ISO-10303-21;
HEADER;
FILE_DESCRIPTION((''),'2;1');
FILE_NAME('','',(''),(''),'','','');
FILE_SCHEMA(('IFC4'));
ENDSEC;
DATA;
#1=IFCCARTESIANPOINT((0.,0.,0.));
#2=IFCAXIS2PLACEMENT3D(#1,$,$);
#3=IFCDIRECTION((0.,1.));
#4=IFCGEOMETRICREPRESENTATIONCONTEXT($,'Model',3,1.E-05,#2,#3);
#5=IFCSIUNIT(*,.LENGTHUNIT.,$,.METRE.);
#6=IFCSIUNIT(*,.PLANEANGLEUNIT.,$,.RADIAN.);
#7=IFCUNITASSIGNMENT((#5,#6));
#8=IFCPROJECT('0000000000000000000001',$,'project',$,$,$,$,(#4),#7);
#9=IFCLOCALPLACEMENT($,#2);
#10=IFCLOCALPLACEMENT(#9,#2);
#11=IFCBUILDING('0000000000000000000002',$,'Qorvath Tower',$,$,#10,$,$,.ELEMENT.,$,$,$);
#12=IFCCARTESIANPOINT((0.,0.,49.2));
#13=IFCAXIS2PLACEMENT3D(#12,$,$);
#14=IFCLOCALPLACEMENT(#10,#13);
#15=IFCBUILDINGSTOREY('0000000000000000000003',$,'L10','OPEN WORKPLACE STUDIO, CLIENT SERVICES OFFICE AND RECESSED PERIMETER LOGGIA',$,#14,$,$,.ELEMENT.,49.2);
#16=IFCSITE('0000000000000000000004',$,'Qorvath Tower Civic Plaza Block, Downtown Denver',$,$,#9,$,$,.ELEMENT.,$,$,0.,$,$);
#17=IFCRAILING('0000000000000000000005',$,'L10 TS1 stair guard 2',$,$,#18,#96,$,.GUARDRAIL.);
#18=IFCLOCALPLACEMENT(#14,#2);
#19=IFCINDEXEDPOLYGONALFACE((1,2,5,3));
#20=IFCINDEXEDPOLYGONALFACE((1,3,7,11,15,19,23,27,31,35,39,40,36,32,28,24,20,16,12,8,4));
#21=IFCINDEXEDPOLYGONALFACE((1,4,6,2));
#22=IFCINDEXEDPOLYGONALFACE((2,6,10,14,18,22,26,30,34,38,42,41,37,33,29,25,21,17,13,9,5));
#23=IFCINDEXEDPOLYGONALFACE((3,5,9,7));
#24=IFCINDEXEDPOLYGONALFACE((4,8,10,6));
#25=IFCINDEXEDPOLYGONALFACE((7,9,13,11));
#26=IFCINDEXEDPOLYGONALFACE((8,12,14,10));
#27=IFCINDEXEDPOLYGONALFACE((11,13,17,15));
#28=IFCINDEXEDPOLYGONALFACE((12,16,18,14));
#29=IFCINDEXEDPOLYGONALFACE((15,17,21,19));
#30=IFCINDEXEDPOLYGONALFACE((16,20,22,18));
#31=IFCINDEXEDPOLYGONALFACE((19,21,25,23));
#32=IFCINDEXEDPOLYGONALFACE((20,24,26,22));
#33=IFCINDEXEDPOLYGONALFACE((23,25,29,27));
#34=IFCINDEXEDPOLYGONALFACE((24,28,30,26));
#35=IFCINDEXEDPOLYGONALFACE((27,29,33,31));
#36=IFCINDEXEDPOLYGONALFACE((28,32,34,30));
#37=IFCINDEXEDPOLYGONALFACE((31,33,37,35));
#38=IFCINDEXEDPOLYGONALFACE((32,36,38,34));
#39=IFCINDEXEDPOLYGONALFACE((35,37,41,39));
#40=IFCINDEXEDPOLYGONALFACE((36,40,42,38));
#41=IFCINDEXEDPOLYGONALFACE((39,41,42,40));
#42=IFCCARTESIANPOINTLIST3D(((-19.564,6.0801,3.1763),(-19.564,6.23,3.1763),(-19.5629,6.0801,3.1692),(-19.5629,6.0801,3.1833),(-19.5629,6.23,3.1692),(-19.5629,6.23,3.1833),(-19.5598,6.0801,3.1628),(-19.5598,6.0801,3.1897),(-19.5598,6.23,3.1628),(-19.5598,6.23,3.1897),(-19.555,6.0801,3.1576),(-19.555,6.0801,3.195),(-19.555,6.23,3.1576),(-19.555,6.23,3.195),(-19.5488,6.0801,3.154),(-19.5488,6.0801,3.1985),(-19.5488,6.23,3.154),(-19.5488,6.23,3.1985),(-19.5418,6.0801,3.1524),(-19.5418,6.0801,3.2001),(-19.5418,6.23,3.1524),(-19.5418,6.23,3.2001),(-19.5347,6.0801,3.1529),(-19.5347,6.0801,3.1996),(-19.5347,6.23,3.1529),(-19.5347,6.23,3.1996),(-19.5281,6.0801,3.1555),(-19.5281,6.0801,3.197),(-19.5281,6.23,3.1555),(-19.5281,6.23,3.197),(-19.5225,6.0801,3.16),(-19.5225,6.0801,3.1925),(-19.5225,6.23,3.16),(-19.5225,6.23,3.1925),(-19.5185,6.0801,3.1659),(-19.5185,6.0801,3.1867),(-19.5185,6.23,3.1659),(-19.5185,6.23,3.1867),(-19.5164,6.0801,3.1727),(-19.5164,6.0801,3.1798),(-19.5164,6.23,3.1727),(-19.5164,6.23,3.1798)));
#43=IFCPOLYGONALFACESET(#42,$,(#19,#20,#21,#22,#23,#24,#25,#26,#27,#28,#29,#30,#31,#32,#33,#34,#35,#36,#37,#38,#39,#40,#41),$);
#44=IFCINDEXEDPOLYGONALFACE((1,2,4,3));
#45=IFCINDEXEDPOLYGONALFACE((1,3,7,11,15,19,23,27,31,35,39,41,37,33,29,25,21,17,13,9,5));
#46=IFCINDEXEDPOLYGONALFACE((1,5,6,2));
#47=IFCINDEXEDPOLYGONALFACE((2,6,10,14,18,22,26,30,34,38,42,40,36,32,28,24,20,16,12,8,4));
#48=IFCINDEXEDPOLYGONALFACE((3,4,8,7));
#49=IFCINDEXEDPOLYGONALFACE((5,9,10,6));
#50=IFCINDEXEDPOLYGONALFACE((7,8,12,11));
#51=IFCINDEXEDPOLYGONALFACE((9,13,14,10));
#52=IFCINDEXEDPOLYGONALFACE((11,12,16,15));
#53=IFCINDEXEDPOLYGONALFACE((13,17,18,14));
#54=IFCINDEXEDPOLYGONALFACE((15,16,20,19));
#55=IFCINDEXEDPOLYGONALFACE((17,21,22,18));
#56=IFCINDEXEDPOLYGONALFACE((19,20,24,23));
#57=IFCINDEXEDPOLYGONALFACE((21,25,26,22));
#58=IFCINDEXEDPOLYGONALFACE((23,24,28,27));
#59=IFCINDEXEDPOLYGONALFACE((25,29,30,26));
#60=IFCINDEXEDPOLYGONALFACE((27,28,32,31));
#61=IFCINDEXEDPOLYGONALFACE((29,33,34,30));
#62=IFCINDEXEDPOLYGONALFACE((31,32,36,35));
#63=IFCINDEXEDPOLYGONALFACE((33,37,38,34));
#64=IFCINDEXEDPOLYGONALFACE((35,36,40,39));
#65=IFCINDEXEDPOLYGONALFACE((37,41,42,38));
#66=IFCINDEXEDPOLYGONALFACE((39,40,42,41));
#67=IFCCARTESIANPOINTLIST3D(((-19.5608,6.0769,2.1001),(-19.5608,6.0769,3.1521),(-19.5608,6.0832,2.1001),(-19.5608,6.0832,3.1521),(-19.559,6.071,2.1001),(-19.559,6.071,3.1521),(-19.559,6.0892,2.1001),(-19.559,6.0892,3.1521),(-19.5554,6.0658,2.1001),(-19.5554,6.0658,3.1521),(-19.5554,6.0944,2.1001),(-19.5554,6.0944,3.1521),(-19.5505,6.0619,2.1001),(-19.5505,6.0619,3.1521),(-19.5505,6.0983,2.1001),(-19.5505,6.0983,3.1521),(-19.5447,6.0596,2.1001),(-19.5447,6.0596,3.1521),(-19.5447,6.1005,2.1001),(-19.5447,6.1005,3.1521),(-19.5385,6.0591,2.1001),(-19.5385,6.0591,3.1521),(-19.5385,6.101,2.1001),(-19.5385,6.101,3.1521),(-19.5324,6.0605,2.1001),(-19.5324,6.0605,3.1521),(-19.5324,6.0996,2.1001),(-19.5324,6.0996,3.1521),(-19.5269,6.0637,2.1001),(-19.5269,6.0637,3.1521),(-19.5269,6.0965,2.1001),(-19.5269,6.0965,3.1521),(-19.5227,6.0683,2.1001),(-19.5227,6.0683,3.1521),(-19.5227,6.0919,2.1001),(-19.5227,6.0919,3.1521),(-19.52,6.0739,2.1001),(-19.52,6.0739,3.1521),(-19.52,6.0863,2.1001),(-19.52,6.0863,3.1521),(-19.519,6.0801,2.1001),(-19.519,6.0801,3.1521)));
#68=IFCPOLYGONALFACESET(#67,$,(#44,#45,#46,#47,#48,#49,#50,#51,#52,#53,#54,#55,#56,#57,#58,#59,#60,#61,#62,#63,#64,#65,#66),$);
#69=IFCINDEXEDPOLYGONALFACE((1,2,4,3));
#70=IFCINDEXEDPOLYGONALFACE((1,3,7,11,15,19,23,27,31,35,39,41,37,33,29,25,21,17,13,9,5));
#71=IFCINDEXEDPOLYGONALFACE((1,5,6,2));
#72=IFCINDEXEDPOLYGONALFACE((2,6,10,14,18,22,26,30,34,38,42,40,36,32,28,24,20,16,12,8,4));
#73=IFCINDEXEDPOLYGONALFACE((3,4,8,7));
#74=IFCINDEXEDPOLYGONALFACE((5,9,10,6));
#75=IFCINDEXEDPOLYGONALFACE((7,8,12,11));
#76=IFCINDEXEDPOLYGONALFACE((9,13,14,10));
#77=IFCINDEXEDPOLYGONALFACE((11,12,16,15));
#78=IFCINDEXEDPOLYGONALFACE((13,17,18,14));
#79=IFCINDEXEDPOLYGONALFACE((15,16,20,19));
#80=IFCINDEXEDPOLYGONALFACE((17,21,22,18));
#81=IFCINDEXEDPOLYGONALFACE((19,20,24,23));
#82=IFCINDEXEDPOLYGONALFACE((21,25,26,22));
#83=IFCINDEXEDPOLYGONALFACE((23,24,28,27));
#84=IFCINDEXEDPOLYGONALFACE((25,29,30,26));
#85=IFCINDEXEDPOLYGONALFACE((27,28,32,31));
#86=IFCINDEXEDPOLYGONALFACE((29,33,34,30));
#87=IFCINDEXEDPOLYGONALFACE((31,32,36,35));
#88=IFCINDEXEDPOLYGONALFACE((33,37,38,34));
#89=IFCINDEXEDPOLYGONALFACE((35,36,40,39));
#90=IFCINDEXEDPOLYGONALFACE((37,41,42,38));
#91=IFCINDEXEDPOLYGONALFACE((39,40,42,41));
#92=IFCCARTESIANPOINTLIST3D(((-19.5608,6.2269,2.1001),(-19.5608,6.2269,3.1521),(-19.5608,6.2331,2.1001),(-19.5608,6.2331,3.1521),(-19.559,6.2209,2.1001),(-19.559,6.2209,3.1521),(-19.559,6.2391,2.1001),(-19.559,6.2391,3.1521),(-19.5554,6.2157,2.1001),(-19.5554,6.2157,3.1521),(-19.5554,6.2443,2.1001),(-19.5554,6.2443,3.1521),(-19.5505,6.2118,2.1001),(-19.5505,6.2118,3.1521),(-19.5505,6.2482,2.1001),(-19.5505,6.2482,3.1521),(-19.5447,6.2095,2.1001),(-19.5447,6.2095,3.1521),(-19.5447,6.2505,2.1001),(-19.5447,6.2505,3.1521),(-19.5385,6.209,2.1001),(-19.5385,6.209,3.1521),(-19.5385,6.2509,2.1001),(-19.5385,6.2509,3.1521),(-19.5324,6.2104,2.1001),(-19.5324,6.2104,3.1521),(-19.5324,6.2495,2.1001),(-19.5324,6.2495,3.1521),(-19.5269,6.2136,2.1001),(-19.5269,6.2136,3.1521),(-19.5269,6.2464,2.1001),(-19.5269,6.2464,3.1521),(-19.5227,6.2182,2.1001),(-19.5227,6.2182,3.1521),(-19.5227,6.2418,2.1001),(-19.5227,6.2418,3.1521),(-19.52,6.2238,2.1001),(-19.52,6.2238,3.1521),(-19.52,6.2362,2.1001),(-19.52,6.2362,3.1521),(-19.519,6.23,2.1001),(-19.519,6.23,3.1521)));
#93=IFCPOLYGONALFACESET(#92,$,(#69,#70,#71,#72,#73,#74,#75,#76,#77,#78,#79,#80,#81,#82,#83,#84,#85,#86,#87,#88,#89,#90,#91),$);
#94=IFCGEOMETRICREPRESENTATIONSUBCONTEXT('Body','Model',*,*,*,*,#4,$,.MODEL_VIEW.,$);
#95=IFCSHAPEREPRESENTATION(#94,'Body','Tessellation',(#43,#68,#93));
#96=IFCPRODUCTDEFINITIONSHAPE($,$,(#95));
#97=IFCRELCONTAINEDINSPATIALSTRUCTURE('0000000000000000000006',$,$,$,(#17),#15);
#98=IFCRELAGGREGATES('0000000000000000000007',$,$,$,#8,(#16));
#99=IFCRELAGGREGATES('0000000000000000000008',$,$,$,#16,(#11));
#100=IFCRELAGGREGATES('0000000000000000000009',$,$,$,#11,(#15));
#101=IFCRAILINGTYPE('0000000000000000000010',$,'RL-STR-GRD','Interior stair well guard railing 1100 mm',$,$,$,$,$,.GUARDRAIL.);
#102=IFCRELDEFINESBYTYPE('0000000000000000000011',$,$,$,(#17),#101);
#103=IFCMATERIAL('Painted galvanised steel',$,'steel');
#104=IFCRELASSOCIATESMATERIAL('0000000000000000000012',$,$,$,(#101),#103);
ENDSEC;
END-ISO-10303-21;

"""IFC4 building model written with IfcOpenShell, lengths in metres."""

from ifc_helpers import new_model, si_unit, direction, frame, origin, origin_2d, place, context, subcontext, project, spatial, circle, extrude, material, type_object, element, save


model = new_model("IFC4")

# Units and contexts
model_context = context("Model", 3, precision=1e-05, world=origin(), true_north=direction((0.0, 1.0)))
body_context = subcontext(model_context, "Body", "Model", "MODEL_VIEW")
ifc_project = project(units=[si_unit("LENGTHUNIT", "METRE"), si_unit("PLANEANGLEUNIT", "RADIAN")], contexts=[model_context])

# Site, building, storey
site_placement = place(None, origin())
site = spatial("IfcSite", under=ifc_project, at=site_placement, Name="Qorvath Tower Civic Plaza Block, Downtown Denver", CompositionType="ELEMENT", RefElevation=0.0)
building_placement = place(site_placement, origin())
building = spatial("IfcBuilding", under=site, at=building_placement, Name="Qorvath Tower", CompositionType="ELEMENT")
storey_placement = place(building_placement, frame((0.0, 0.0, 49.2)))
storey = spatial("IfcBuildingStorey", under=building, at=storey_placement, Name="L10", Description="OPEN WORKPLACE STUDIO, CLIENT SERVICES OFFICE AND RECESSED PERIMETER LOGGIA", CompositionType="ELEMENT", Elevation=49.2)

# Railing
ifc_material_1 = material(Name="Painted galvanised steel", Category="steel")
railing_type = type_object("IfcRailingType", Name="RL-STR-GRD", Description="Interior stair well guard railing 1100 mm", PredefinedType="GUARDRAIL", material=ifc_material_1)
railing_1_placement = place(storey_placement, frame((-19.54, 6.0801, 2.1001)))
element("IfcRailing", 1, at=railing_1_placement, inside=storey, type_object=railing_type, Name="L10 TS1 stair guard 2", PredefinedType="GUARDRAIL", context=body_context, shape_type="SweptSolid", body=[
    extrude(circle(Radius=0.0239, at=origin_2d()), frame((0.0, 0.0, 1.0762), z_axis=(0.0, 1.0, 0.0), x_axis=(-1.0, 0.0, 0.0)), (0.0, 0.0, 1.0), 0.1499),
    extrude(circle(Radius=0.021, at=origin_2d()), origin(), (0.0, 0.0, 1.0), 1.052),
    extrude(circle(Radius=0.021, at=origin_2d()), frame((0.0, 0.1499, 0.0)), (0.0, 0.0, 1.0), 1.052),
])

save(model, "model.ifc")
